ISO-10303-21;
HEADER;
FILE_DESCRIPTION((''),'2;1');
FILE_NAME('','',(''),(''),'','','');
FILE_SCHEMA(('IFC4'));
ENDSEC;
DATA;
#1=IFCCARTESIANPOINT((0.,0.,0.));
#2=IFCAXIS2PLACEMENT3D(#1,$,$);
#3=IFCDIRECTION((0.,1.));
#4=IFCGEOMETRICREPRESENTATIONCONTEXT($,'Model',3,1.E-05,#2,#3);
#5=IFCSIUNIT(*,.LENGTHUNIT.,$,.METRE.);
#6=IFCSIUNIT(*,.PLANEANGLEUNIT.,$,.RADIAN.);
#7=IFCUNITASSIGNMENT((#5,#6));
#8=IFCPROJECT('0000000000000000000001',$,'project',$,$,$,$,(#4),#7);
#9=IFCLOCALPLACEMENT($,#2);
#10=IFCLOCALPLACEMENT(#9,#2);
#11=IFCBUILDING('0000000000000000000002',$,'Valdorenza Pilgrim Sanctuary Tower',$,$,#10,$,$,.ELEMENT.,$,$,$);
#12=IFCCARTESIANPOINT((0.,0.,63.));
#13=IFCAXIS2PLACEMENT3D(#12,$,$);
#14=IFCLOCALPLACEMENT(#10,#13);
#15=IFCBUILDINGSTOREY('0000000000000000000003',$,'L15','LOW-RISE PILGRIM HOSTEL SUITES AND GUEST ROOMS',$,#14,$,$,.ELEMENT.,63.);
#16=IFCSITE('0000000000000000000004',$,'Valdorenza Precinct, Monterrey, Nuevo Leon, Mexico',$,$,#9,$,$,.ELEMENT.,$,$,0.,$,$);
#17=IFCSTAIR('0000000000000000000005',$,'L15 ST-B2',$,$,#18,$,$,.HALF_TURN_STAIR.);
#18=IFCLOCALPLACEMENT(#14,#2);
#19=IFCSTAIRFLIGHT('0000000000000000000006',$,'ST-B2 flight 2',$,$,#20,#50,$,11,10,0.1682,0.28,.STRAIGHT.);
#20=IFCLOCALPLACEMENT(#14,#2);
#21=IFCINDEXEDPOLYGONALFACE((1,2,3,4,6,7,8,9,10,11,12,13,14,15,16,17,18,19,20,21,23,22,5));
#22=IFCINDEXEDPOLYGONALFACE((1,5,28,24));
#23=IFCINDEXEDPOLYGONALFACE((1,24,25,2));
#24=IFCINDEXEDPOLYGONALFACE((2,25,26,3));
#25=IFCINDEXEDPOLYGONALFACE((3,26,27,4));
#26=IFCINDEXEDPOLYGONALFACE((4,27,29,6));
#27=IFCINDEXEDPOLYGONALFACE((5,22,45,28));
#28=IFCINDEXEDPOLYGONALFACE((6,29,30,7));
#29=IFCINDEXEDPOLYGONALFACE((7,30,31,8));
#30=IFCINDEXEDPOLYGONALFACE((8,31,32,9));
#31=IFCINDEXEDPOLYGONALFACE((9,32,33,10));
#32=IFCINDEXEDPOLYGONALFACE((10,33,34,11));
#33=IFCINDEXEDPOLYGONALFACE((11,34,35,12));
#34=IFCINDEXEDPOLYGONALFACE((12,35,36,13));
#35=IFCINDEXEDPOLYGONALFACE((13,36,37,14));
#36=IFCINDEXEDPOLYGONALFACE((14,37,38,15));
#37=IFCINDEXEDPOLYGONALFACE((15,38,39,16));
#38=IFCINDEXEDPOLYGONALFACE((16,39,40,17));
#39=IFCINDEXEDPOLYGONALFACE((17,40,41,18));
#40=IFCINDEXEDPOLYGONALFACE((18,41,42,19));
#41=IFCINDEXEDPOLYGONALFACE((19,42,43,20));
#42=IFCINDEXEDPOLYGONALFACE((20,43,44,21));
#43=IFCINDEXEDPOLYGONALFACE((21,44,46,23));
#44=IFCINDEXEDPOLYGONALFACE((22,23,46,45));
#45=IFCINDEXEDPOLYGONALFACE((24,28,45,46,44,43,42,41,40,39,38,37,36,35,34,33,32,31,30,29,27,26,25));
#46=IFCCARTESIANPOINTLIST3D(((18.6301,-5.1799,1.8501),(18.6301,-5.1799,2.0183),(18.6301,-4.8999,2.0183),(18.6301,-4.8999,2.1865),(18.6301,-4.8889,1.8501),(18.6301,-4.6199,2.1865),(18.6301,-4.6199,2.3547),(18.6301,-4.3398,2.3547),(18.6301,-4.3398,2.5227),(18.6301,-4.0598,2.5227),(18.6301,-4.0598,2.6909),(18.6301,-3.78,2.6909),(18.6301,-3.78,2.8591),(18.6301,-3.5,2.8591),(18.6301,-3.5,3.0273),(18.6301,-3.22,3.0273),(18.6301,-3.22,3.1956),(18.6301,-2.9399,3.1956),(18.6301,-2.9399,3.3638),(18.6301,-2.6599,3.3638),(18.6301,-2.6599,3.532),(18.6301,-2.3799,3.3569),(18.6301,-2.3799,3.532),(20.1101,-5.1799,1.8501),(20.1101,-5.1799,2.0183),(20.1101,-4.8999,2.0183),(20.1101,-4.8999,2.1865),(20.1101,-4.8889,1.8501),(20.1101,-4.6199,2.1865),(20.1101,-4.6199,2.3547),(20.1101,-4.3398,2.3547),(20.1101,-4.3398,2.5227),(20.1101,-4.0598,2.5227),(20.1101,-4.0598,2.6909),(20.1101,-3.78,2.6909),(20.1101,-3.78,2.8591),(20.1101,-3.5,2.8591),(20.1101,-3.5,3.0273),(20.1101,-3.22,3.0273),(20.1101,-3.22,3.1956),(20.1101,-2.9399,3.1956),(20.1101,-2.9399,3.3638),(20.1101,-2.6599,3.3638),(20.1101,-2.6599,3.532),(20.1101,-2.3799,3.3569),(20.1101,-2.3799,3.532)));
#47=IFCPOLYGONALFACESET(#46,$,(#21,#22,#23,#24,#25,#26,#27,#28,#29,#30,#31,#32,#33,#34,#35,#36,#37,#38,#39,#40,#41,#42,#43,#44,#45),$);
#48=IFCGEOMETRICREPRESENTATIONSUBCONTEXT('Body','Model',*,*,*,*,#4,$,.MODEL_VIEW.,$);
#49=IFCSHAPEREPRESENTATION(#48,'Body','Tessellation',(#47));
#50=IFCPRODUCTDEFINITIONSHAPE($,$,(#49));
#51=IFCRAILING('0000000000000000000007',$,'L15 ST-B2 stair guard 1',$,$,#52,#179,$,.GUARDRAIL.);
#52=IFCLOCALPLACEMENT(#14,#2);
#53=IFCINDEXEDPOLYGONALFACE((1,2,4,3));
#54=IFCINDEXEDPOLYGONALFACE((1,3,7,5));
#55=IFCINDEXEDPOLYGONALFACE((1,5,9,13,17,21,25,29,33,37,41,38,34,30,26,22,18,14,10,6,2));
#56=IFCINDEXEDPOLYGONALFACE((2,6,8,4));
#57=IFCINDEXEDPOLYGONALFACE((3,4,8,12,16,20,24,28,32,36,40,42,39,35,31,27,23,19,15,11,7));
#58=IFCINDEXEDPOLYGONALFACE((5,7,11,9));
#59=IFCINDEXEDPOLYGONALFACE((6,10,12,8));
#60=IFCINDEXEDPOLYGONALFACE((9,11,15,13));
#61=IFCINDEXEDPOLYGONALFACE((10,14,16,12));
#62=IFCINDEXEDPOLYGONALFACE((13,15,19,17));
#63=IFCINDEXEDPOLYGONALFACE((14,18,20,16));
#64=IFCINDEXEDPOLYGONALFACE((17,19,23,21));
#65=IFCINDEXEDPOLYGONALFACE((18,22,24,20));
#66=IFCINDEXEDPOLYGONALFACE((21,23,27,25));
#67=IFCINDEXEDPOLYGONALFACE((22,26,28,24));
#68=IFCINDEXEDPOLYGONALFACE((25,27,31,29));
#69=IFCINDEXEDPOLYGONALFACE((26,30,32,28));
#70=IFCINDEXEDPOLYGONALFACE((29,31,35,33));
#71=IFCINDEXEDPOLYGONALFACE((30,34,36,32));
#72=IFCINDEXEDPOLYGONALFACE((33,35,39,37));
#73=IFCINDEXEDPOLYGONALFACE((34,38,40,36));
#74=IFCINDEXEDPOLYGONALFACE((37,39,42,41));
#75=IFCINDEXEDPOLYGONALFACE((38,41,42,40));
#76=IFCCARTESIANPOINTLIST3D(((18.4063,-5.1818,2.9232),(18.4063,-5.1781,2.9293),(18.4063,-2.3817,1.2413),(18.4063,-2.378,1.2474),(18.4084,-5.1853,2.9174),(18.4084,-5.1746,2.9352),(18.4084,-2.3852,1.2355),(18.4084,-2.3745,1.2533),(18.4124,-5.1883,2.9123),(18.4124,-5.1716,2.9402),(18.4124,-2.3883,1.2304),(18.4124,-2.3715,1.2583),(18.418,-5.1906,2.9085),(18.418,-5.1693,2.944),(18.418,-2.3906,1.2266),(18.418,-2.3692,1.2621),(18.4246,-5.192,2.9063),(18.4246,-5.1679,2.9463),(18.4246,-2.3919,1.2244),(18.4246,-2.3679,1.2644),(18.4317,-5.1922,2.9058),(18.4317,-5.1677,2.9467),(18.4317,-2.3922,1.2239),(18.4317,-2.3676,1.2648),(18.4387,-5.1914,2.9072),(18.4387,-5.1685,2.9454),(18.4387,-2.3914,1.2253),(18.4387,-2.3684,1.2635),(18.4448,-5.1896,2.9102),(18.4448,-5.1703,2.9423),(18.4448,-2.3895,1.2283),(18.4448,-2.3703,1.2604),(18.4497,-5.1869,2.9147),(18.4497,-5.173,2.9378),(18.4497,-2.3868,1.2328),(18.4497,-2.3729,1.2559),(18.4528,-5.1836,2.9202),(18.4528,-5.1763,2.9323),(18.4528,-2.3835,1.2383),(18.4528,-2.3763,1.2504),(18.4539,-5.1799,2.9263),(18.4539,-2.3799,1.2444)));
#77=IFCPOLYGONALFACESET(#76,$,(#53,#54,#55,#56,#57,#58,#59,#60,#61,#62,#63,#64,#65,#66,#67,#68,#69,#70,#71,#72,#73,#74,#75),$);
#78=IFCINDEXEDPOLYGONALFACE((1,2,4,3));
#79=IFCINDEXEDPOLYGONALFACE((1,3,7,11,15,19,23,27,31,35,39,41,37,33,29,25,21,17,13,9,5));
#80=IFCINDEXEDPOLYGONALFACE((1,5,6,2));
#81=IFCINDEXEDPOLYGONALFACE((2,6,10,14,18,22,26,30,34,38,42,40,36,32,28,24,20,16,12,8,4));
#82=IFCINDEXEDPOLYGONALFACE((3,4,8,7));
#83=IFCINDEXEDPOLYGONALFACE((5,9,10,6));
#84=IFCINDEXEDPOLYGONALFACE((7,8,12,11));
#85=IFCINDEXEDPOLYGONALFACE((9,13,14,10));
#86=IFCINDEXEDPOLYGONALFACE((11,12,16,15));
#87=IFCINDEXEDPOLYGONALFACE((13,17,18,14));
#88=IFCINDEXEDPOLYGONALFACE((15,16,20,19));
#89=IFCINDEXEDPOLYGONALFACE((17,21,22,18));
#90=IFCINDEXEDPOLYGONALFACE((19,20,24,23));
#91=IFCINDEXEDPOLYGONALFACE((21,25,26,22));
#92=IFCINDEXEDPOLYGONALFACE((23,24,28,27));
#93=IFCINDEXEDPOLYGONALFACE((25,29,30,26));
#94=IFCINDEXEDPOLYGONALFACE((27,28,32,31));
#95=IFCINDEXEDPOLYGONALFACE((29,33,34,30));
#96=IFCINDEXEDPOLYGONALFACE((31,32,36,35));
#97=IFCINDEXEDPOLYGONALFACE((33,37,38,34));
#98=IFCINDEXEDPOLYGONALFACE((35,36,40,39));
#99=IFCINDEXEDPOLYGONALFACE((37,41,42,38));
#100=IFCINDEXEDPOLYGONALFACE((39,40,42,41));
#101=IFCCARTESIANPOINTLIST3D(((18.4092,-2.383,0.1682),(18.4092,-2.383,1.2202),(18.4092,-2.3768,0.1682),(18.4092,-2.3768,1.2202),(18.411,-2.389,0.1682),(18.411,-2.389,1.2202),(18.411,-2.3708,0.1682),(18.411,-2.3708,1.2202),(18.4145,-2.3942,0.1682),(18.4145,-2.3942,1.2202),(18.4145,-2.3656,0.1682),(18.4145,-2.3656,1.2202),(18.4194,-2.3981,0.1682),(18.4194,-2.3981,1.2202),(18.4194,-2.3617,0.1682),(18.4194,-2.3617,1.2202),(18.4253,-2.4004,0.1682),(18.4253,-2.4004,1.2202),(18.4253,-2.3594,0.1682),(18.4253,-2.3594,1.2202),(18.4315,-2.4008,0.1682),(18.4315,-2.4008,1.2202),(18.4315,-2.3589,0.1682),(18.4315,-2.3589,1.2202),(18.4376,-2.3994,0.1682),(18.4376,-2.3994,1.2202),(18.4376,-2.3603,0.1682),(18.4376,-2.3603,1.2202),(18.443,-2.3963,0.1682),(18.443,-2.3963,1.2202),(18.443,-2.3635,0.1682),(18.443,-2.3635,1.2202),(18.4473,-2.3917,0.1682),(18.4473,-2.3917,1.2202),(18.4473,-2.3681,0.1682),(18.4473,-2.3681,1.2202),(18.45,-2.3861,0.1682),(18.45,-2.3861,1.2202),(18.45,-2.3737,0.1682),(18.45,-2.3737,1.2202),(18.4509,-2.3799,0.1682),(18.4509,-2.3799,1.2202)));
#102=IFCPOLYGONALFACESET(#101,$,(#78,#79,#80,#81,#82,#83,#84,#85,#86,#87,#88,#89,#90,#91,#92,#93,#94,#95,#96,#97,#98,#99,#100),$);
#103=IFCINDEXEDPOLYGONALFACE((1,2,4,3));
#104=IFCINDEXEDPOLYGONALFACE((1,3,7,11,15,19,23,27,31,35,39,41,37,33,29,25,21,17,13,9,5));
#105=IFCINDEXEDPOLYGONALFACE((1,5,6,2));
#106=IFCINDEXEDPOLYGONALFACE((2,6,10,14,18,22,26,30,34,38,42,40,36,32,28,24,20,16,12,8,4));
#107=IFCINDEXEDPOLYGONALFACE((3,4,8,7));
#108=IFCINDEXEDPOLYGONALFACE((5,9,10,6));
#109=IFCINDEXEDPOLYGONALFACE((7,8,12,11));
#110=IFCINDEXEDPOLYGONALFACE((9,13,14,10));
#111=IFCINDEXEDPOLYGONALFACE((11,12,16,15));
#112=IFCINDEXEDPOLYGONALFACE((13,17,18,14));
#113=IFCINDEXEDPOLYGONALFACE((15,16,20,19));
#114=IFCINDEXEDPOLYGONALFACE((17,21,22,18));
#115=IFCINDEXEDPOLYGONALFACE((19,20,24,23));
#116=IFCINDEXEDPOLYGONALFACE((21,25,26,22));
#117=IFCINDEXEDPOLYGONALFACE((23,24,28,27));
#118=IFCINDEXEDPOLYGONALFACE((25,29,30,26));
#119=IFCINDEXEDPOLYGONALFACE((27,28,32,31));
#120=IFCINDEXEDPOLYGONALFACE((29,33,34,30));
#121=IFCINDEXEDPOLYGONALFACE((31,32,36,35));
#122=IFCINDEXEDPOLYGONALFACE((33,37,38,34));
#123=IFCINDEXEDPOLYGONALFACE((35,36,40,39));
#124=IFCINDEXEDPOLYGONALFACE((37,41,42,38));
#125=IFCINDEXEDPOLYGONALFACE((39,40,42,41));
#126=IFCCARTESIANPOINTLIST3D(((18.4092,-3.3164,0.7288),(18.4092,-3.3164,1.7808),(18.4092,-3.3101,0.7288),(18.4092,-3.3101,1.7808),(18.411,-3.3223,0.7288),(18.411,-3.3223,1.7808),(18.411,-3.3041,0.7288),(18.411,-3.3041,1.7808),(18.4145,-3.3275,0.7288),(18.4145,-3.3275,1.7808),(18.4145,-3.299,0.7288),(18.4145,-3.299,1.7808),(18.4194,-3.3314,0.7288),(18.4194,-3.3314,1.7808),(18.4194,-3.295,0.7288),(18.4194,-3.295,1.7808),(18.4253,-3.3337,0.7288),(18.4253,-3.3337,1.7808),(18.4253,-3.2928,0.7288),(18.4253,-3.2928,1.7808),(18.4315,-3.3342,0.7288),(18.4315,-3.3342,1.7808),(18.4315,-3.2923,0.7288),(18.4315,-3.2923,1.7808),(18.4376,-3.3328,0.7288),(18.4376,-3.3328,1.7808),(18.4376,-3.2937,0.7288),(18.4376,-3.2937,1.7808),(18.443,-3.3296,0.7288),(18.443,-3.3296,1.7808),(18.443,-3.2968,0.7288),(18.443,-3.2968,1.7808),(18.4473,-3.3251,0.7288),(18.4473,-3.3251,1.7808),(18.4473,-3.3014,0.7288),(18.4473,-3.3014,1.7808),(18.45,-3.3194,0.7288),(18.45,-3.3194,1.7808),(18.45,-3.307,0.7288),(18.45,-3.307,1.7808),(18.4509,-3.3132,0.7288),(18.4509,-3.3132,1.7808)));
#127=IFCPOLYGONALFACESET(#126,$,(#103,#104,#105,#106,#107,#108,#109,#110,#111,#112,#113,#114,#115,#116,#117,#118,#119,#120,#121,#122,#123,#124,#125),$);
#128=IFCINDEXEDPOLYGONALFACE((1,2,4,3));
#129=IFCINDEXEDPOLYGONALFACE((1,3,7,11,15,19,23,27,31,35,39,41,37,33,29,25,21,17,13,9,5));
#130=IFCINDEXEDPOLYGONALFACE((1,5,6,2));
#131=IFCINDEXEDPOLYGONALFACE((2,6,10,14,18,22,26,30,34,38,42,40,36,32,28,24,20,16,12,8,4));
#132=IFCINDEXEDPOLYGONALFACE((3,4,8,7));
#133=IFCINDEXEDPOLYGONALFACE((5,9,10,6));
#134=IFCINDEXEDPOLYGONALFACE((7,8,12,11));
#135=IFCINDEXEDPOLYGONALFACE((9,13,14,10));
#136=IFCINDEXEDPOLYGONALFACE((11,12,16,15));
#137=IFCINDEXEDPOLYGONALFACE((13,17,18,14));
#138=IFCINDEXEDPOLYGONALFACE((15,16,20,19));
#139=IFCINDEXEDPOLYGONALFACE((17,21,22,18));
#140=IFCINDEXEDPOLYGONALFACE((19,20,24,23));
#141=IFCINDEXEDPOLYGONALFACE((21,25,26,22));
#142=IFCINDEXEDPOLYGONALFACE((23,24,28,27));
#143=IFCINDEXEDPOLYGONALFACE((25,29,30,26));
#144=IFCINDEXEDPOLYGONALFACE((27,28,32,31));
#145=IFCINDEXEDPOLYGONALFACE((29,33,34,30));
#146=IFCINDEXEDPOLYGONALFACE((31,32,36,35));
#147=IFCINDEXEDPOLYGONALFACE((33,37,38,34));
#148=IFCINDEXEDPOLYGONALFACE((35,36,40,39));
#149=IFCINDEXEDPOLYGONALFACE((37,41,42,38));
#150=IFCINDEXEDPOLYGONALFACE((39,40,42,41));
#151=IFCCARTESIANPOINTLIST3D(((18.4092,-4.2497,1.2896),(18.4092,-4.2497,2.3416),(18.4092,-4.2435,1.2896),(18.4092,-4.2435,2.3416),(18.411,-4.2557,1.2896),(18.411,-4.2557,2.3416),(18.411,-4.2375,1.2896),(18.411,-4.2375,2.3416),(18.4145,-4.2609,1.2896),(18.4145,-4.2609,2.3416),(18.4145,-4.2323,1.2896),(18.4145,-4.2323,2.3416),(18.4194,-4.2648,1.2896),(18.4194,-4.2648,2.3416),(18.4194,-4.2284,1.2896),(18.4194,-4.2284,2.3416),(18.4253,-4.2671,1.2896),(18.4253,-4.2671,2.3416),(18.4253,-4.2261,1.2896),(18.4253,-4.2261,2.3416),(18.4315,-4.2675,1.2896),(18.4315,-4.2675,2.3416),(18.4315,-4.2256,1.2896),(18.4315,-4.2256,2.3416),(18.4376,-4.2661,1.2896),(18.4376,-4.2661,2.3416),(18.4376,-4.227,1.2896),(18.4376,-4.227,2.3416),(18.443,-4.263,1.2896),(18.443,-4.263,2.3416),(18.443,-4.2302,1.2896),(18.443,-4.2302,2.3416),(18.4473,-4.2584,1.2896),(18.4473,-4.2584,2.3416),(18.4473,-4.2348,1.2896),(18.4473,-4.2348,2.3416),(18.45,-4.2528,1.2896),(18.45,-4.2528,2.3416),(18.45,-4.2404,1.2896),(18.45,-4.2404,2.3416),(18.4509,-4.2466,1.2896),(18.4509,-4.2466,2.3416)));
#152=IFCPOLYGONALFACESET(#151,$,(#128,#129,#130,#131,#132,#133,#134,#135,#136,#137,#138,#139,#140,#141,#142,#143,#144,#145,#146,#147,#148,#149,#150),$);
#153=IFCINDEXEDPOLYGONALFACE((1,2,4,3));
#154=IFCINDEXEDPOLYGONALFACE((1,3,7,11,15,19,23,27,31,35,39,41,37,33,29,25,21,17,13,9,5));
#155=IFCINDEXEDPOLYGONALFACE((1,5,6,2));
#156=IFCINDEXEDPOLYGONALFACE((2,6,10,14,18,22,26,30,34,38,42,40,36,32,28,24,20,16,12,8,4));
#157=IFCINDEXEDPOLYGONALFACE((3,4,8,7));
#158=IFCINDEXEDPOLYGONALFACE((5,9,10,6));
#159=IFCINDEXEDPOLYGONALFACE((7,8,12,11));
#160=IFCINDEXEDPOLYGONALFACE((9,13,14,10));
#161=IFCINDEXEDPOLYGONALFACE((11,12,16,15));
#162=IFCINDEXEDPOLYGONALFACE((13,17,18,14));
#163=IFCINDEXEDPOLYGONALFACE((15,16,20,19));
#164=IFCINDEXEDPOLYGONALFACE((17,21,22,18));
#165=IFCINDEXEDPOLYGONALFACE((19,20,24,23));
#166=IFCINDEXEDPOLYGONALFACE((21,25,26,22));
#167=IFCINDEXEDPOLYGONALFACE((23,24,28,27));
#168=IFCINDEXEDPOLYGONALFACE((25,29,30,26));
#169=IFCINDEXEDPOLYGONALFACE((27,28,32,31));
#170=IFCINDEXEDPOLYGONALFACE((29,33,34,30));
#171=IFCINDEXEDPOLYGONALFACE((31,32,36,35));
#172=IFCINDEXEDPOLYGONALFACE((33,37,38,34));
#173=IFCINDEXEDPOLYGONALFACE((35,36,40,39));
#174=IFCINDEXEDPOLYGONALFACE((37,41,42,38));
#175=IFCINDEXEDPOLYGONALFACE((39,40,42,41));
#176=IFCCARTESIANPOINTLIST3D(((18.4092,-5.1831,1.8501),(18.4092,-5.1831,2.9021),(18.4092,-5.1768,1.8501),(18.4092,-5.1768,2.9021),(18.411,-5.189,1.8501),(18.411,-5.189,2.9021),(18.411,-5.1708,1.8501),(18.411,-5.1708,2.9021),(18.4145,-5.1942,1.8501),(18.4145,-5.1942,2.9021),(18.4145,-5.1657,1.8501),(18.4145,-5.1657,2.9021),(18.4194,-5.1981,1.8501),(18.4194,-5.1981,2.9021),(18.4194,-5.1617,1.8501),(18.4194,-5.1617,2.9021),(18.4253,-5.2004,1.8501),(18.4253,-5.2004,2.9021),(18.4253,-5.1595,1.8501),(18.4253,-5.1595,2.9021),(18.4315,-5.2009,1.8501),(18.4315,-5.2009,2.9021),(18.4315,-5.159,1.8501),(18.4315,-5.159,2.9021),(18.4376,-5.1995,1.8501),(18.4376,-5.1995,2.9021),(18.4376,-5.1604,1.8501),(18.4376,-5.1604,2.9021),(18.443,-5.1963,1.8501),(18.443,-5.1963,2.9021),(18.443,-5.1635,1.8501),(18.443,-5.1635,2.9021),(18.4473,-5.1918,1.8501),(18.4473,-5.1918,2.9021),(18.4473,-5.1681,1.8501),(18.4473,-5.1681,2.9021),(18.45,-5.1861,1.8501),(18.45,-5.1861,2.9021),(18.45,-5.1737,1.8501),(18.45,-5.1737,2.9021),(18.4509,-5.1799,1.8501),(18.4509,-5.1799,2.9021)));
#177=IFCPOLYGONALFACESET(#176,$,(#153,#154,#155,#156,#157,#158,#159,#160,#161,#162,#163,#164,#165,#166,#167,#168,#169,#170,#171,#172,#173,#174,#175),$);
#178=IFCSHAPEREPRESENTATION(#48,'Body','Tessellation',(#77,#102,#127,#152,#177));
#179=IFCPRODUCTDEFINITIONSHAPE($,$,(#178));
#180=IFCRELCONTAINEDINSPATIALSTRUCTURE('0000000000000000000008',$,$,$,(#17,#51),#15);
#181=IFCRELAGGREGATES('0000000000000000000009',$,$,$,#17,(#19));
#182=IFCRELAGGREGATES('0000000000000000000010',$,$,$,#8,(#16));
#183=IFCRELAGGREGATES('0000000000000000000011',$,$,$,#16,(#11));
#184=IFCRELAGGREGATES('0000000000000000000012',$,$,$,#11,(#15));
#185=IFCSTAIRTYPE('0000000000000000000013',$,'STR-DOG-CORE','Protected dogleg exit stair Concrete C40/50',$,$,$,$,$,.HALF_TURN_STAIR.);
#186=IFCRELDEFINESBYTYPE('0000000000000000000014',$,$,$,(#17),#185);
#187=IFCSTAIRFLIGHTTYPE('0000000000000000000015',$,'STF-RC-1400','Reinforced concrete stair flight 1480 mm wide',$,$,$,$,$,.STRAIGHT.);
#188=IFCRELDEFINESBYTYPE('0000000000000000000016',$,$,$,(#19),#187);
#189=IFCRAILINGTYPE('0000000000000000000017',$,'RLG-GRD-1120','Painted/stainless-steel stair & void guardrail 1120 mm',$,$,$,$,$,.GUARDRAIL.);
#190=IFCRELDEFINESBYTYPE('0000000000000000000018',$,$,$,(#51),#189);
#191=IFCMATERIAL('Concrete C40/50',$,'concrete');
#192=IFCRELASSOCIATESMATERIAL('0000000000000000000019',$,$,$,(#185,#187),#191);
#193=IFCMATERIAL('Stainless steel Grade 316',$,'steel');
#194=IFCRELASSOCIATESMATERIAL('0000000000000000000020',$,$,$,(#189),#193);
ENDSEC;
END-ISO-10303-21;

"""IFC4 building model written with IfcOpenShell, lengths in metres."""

from ifc_helpers import new_model, si_unit, direction, frame, origin, origin_2d, place, context, subcontext, project, spatial, polyline, circle, outline, extrude, material, type_object, element, aggregate, save


model = new_model("IFC4")

# Units and contexts
model_context = context("Model", 3, precision=1e-05, world=origin(), true_north=direction((0.0, 1.0)))
body_context = subcontext(model_context, "Body", "Model", "MODEL_VIEW")
ifc_project = project(units=[si_unit("LENGTHUNIT", "METRE"), si_unit("PLANEANGLEUNIT", "RADIAN")], contexts=[model_context])

# Site, building, storey
site_placement = place(None, origin())
site = spatial("IfcSite", under=ifc_project, at=site_placement, Name="Valdorenza Precinct, Monterrey, Nuevo Leon, Mexico", CompositionType="ELEMENT", RefElevation=0.0)
building_placement = place(site_placement, origin())
building = spatial("IfcBuilding", under=site, at=building_placement, Name="Valdorenza Pilgrim Sanctuary Tower", CompositionType="ELEMENT")
storey_placement = place(building_placement, frame((0.0, 0.0, 63.0)))
storey = spatial("IfcBuildingStorey", under=building, at=storey_placement, Name="L15", Description="LOW-RISE PILGRIM HOSTEL SUITES AND GUEST ROOMS", CompositionType="ELEMENT", Elevation=63.0)

# Shared definitions
ifc_material_1 = material(Name="Concrete C40/50", Category="concrete")

# Stair, stair flight
stair_type = type_object("IfcStairType", Name="STR-DOG-CORE", Description="Protected dogleg exit stair Concrete C40/50", PredefinedType="HALF_TURN_STAIR", material=ifc_material_1)
stair_placement = place(storey_placement, origin())
stair = element("IfcStair", 1, at=stair_placement, inside=storey, type_object=stair_type, Name="L15 ST-B2", PredefinedType="HALF_TURN_STAIR")
stair_flight_type = type_object("IfcStairFlightType", Name="STF-RC-1400", Description="Reinforced concrete stair flight 1480 mm wide", PredefinedType="STRAIGHT", material=ifc_material_1)
stair_flight_placement = place(storey_placement, frame((19.3701, -5.1799, 1.8501), z_axis=(0.0, 0.0, 1.0), x_axis=(0.0, 1.0, 0.0)))
stair_flight = element("IfcStairFlight", 2, at=stair_flight_placement, type_object=stair_flight_type, Name="ST-B2 flight 2", NumberOfRisers=11, NumberOfTreads=10, PredefinedType="STRAIGHT", RiserHeight=0.1682, TreadLength=0.28, context=body_context, shape_type="SweptSolid", body=[
    extrude(outline(polyline([(0.0, 0.0), (0.0, 0.1682), (0.28, 0.1682), (0.28, 0.3364), (0.5601, 0.3364), (0.5601, 0.5046), (0.8401, 0.5046), (0.8401, 0.6726), (1.1201, 0.6726), (1.1201, 0.8408), (1.3999, 0.8408), (1.3999, 1.009), (1.6799, 1.009), (1.6799, 1.1772), (1.96, 1.1772), (1.96, 1.3455), (2.24, 1.3455), (2.24, 1.5137), (2.52, 1.5137), (2.52, 1.6819), (2.8, 1.6819), (2.8, 1.8501), (2.8, 1.5068), (0.291, 0.0), (0.0, 0.0)])), frame((0.0, 0.74, 0.0), z_axis=(0.0, -1.0, 0.0), x_axis=(1.0, 0.0, 0.0)), (0.0, 0.0, 1.0), 1.48),
])
aggregate(stair, [stair_flight])

# Railing
ifc_material_2 = material(Name="Stainless steel Grade 316", Category="steel")
railing_type_1 = type_object("IfcRailingType", Name="RLG-GRD-1120", Description="Painted/stainless-steel stair & void guardrail 1120 mm", PredefinedType="GUARDRAIL", material=ifc_material_2)
railing_1_placement = place(storey_placement, frame((18.4299, -2.3799, 0.1682)))
element("IfcRailing", 3, at=railing_1_placement, inside=storey, type_object=railing_type_1, Name="L15 ST-B2 stair guard 1", PredefinedType="GUARDRAIL", context=body_context, shape_type="SweptSolid", body=[
    extrude(circle(Radius=0.0239, at=origin_2d()), frame((0.0, 0.0, 1.0762), z_axis=(0.0, -0.857242, 0.514913), x_axis=(1.0, 0.0, 0.0)), (0.0, 0.0, 1.0), 3.2664),
    extrude(circle(Radius=0.021, at=origin_2d()), origin(), (0.0, 0.0, 1.0), 1.052),
    extrude(circle(Radius=0.021, at=origin_2d()), frame((0.0, -0.9333, 0.5605)), (0.0, 0.0, 1.0), 1.052),
    extrude(circle(Radius=0.021, at=origin_2d()), frame((0.0, -1.8667, 1.1213)), (0.0, 0.0, 1.0), 1.052),
    extrude(circle(Radius=0.021, at=origin_2d()), frame((0.0, -2.8, 1.6819)), (0.0, 0.0, 1.0), 1.052),
])

save(model, "model.ifc")
